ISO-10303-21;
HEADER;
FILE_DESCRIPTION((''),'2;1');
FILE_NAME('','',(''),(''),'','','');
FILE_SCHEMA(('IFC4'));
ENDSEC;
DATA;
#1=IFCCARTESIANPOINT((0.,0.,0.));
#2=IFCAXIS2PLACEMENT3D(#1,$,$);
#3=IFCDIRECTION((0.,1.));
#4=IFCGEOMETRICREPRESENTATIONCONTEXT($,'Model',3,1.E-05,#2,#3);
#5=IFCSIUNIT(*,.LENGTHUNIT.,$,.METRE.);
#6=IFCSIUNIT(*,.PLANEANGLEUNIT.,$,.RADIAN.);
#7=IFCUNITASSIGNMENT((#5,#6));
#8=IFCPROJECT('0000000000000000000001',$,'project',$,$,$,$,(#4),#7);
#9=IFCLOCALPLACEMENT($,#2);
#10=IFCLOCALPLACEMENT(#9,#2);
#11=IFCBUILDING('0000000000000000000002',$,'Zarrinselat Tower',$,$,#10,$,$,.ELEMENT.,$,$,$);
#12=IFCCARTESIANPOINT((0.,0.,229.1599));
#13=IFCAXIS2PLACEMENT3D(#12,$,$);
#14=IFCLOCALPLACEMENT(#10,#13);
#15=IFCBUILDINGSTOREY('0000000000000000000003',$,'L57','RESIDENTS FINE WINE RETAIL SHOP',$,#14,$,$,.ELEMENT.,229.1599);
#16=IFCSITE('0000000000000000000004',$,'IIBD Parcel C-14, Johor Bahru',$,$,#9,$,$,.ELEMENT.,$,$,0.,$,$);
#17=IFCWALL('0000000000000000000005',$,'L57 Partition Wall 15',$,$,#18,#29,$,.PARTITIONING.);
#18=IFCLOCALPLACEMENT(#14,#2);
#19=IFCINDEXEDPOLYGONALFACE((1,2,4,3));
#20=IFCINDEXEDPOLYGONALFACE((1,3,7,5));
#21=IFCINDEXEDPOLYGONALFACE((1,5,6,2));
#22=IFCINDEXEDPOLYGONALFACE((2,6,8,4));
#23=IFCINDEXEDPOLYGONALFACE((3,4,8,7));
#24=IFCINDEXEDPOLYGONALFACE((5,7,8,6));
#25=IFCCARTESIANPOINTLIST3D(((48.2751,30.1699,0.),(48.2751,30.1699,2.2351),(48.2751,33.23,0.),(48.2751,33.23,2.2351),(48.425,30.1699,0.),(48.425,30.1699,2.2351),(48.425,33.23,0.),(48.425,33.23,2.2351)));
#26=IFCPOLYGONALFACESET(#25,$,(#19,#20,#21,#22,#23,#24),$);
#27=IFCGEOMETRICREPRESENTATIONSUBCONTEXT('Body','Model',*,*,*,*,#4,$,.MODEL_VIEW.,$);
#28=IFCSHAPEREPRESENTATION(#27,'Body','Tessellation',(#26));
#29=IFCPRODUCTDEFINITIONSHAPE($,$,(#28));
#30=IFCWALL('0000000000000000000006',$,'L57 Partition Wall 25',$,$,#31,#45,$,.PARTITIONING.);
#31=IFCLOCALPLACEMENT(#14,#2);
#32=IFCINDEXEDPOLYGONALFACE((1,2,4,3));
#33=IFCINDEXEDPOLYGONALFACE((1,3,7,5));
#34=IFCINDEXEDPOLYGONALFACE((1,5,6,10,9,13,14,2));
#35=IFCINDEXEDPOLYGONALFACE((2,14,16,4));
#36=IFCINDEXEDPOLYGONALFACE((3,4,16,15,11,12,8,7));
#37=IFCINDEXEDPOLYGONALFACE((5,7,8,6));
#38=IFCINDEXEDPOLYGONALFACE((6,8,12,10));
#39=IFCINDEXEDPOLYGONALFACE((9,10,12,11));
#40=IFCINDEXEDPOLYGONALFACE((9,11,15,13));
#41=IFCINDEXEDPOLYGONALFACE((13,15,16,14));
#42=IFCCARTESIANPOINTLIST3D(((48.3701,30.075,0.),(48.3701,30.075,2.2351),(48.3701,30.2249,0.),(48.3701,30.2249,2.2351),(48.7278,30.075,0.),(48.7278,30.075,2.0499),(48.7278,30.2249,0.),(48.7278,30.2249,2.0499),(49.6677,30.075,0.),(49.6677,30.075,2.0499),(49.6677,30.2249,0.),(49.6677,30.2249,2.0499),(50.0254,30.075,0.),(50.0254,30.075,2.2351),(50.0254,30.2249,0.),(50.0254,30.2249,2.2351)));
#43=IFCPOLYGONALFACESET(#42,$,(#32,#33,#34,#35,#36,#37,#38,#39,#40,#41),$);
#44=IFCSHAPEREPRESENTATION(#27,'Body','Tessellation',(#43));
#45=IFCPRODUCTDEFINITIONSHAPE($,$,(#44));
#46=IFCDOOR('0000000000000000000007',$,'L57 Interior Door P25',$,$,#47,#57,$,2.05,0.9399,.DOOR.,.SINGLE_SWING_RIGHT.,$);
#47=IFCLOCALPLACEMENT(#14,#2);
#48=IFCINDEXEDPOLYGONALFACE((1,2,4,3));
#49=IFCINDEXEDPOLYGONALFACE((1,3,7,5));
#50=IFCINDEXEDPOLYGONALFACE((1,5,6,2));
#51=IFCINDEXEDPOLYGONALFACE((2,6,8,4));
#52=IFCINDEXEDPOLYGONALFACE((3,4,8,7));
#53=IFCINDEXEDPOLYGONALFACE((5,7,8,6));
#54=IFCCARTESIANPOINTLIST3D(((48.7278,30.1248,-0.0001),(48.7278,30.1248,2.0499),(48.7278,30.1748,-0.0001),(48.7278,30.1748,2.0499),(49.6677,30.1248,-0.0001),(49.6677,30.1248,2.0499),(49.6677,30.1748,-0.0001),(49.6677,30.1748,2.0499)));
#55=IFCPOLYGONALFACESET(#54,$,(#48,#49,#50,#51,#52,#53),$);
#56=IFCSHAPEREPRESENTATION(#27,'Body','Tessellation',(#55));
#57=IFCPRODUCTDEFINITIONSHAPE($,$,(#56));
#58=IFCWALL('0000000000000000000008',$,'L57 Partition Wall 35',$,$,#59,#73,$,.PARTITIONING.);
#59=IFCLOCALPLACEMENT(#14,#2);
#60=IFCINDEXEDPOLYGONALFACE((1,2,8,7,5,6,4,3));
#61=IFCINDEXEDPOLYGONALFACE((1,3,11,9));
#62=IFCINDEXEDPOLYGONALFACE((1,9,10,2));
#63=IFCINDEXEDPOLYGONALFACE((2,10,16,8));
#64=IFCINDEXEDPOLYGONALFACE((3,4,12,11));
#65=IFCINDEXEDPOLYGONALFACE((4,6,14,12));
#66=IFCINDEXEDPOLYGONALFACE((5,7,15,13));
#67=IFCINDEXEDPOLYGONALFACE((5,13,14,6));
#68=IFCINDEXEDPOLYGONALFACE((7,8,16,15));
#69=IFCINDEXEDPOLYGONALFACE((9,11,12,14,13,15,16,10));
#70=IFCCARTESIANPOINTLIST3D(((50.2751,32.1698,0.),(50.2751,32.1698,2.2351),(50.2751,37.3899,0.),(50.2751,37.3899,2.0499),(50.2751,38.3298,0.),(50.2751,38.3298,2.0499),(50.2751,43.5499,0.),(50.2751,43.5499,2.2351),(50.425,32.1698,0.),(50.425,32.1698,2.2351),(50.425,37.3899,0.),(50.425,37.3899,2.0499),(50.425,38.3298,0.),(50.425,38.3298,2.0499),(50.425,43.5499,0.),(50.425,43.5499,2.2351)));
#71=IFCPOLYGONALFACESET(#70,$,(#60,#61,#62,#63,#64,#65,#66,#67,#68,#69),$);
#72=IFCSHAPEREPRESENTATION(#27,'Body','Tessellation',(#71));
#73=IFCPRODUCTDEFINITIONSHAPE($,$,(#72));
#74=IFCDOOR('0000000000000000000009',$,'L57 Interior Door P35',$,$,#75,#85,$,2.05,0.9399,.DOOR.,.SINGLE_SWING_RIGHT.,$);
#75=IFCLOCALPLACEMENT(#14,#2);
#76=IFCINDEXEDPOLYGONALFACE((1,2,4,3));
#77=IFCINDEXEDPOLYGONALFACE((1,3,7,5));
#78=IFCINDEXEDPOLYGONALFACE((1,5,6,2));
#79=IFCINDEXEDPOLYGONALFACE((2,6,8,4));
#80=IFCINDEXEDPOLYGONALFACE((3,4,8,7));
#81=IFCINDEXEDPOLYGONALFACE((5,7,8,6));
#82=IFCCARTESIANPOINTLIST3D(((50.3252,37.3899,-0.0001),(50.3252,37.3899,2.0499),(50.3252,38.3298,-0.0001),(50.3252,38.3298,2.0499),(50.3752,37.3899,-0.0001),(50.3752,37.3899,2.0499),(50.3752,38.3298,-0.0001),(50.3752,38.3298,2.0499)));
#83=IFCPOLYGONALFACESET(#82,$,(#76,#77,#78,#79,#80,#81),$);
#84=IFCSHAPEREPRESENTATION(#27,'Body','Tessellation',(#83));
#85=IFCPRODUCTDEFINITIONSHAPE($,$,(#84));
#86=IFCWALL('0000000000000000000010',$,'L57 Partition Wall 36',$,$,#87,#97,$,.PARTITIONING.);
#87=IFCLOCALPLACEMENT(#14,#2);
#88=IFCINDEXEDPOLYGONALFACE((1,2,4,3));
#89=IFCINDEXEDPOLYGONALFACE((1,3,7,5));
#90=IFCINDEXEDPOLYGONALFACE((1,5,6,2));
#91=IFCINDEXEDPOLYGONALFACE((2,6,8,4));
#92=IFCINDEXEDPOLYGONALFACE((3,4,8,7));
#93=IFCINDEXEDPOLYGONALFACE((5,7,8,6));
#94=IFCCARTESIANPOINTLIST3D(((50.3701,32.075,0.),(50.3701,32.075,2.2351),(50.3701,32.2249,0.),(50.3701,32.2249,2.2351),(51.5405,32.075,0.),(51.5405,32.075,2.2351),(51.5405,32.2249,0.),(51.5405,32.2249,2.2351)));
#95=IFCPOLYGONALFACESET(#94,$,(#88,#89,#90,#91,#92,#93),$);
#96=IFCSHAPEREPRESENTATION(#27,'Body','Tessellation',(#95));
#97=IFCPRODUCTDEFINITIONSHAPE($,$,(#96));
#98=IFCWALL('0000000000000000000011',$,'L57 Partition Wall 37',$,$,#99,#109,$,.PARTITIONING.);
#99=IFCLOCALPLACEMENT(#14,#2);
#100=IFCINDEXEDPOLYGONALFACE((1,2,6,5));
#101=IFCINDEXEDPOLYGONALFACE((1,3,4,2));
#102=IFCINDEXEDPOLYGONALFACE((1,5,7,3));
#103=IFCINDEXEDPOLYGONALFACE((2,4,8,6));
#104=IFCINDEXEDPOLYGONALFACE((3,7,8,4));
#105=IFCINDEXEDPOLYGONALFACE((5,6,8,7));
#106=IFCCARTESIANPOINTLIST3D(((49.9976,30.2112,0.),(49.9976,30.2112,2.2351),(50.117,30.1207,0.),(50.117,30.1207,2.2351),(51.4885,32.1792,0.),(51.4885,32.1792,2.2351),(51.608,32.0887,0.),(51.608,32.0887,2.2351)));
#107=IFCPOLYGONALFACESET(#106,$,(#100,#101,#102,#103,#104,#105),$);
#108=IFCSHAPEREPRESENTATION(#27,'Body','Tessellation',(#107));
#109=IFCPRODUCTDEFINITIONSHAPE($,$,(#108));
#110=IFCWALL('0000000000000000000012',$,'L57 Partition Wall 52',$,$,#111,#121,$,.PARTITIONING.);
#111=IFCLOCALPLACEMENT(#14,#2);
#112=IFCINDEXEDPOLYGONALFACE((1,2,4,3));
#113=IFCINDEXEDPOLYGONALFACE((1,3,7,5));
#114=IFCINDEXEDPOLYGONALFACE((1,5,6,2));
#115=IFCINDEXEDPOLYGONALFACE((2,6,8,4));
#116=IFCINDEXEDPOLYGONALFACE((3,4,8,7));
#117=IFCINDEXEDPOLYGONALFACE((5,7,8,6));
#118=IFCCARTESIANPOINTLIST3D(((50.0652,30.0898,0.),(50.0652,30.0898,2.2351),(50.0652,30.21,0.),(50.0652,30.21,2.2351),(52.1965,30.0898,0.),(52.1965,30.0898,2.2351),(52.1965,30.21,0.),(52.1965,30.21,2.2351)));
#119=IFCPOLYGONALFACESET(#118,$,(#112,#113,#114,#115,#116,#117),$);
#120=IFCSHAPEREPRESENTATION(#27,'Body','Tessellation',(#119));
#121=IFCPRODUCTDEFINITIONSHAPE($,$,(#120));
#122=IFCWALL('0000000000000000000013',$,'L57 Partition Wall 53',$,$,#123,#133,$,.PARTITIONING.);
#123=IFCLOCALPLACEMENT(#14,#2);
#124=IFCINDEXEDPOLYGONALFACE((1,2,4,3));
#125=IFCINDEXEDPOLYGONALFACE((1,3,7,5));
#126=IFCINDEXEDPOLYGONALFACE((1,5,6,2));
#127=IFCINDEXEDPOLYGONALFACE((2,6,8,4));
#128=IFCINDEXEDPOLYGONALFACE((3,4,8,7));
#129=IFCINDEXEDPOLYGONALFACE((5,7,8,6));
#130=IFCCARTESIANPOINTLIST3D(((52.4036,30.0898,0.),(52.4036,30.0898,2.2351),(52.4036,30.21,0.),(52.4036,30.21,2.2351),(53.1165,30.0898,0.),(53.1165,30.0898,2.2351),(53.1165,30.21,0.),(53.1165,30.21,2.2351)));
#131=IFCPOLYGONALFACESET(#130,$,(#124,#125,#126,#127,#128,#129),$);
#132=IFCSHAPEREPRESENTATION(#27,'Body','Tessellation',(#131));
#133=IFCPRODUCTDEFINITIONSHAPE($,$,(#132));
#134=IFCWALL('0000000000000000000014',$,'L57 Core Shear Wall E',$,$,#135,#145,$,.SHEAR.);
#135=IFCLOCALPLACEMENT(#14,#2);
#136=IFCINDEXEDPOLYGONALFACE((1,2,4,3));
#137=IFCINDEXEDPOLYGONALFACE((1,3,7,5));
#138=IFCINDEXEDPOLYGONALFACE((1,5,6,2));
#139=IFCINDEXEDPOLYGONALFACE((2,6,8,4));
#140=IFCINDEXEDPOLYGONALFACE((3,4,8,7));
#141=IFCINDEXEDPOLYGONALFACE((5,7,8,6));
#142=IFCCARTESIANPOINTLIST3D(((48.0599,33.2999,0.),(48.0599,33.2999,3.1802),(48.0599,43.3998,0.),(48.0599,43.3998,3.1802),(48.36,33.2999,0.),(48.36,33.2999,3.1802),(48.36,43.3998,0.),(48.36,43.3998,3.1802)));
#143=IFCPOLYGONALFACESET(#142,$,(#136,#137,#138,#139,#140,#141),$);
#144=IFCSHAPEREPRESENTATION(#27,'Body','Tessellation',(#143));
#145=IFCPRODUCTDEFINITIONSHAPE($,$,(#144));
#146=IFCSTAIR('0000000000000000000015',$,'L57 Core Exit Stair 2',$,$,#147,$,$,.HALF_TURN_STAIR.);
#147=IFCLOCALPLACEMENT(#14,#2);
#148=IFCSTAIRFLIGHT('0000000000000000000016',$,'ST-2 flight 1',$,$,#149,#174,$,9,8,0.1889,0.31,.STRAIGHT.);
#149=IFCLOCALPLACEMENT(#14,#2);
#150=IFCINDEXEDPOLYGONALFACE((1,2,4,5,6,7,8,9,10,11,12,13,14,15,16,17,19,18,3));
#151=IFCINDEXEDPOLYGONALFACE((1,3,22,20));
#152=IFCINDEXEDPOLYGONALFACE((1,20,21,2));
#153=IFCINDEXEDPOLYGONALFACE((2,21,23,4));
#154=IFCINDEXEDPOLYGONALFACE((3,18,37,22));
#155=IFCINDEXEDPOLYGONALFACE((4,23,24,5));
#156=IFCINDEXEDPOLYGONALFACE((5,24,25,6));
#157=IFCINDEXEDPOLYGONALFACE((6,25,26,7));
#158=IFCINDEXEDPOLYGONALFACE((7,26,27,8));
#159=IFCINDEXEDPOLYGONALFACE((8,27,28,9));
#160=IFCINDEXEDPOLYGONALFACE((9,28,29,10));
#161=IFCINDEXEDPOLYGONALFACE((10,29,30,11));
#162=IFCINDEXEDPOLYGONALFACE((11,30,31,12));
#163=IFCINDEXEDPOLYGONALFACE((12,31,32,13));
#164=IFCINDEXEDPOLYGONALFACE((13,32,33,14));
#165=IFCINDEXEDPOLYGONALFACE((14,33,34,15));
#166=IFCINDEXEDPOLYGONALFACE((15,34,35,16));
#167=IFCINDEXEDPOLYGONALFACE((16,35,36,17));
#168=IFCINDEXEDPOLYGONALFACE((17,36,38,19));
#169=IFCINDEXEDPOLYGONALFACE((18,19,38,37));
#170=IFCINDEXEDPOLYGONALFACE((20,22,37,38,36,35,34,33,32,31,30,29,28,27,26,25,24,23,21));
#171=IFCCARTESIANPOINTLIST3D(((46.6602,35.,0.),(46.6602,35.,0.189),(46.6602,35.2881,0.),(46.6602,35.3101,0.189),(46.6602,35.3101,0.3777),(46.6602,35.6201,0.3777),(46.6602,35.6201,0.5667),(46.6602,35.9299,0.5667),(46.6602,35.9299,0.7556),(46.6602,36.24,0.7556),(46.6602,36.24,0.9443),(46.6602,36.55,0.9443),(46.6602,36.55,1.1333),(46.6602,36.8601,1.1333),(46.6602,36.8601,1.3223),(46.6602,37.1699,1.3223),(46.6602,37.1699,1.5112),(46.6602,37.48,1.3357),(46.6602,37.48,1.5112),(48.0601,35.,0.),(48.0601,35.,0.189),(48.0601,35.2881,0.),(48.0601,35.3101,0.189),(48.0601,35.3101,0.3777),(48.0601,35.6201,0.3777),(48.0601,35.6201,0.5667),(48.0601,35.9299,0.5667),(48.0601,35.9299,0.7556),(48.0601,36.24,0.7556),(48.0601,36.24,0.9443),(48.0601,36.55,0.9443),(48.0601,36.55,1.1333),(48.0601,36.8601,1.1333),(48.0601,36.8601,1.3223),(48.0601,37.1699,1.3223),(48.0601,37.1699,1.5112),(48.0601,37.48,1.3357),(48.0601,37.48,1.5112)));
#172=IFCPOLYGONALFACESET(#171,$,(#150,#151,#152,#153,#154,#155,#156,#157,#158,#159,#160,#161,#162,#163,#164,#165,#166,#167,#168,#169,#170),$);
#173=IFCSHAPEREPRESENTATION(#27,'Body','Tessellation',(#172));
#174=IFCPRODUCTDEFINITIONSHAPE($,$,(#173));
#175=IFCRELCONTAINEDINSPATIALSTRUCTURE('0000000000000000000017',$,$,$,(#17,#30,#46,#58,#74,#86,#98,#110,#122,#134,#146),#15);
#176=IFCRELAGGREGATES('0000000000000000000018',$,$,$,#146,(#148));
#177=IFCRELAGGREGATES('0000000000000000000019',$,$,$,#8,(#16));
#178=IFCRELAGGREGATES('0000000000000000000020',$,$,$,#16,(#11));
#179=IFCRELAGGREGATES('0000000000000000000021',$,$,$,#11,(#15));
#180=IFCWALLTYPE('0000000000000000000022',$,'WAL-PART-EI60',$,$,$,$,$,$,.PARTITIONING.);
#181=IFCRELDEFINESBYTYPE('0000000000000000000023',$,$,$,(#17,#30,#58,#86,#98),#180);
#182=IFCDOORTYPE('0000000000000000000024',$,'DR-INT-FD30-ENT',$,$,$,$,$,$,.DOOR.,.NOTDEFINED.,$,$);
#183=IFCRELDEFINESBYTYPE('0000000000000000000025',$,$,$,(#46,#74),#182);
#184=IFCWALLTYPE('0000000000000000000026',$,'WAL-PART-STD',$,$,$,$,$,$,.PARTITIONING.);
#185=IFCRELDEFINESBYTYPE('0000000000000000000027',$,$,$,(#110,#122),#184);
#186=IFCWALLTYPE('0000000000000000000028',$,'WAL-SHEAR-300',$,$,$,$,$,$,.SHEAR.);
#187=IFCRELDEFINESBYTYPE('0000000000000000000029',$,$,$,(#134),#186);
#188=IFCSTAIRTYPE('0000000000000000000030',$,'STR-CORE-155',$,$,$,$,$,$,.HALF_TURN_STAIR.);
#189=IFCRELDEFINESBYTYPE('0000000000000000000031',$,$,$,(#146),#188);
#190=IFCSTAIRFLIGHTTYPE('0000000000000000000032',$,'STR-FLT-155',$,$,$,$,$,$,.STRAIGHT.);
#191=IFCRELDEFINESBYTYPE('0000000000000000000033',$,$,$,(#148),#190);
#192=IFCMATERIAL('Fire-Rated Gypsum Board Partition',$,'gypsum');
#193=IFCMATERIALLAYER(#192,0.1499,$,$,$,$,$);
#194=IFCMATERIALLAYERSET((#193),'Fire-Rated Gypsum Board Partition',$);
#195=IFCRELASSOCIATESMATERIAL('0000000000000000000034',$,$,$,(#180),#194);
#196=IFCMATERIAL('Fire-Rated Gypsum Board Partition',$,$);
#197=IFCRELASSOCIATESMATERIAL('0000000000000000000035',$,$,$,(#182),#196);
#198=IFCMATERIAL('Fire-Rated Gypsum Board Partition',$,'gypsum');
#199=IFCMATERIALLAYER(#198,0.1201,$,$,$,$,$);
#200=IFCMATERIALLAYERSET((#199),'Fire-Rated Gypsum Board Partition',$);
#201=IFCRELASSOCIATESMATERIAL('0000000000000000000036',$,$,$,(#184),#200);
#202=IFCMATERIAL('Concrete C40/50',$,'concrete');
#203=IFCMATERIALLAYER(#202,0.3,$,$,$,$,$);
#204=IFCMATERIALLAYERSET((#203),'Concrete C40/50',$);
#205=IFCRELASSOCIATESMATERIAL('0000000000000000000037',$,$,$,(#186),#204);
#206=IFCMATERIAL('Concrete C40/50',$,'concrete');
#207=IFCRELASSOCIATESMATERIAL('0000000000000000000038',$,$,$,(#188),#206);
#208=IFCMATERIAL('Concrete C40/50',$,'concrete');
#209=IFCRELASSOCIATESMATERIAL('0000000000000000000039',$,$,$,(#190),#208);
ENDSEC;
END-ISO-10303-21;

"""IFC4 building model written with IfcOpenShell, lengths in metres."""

from ifc_helpers import new_model, si_unit, direction, frame, frame_2d, origin, place, context, subcontext, project, spatial, polyline, rectangle, outline, extrude, material, layer, layer_set, type_object, element, fill, aggregate, save


model = new_model("IFC4")

# Units and contexts
model_context = context("Model", 3, precision=1e-05, world=origin(), true_north=direction((0.0, 1.0)))
body_context = subcontext(model_context, "Body", "Model", "MODEL_VIEW")
ifc_project = project(units=[si_unit("LENGTHUNIT", "METRE"), si_unit("PLANEANGLEUNIT", "RADIAN")], contexts=[model_context])

# Site, building, storey
site_placement = place(None, origin())
site = spatial("IfcSite", under=ifc_project, at=site_placement, Name="IIBD Parcel C-14, Johor Bahru", CompositionType="ELEMENT", RefElevation=0.0)
building_placement = place(site_placement, origin())
building = spatial("IfcBuilding", under=site, at=building_placement, Name="Zarrinselat Tower", CompositionType="ELEMENT")
storey_placement = place(building_placement, frame((0.0, 0.0, 229.1599)))
storey = spatial("IfcBuildingStorey", under=building, at=storey_placement, Name="L57", Description="RESIDENTS FINE WINE RETAIL SHOP", CompositionType="ELEMENT", Elevation=229.1599)

# Wall
ifc_material_1 = material(Name="Fire-Rated Gypsum Board Partition", Category="gypsum")
ifc_layer_1 = layer(ifc_material_1, 0.1499)
ifc_layer_set_1 = layer_set([ifc_layer_1], Name="Fire-Rated Gypsum Board Partition")
wall_type_1 = type_object("IfcWallType", Name="WAL-PART-EI60", PredefinedType="PARTITIONING", material=ifc_layer_set_1)
wall_1_placement = place(storey_placement, frame((48.3501, 30.1699, 0.0), z_axis=(0.0, 0.0, 1.0), x_axis=(0.0, 1.0, 0.0)))
element("IfcWall", 1, at=wall_1_placement, inside=storey, type_object=wall_type_1, Name="L57 Partition Wall 15", PredefinedType="PARTITIONING", context=body_context, shape_type="SweptSolid", body=[
    extrude(rectangle(XDim=3.0601, YDim=0.1499, at=frame_2d((1.53, 0.0))), origin(), (0.0, 0.0, 1.0), 2.2351),
])

# Walls, openings, doors
wall_2_placement = place(storey_placement, frame((48.3701, 30.1499, 0.0), z_axis=(0.0, 0.0, 1.0), x_axis=(1.0, 0.0, 0.0)))
wall_2 = element("IfcWall", 2, at=wall_2_placement, inside=storey, type_object=wall_type_1, Name="L57 Partition Wall 25", PredefinedType="PARTITIONING", context=body_context, shape_type="SweptSolid", body=[
    extrude(rectangle(XDim=1.6553, YDim=0.1499, at=frame_2d((0.8276, 0.0))), origin(), (0.0, 0.0, 1.0), 2.2351),
])
opening_1_placement = place(wall_2_placement, frame((0.3577, 0.0, 0.0)))
opening_1 = element("IfcOpeningElement", 3, at=opening_1_placement, cuts=wall_2, PredefinedType="OPENING", context=body_context, shape_type="SweptSolid", body=[
    extrude(rectangle(XDim=0.9399, YDim=2.05, at=frame_2d((0.47, 1.0249))), frame((0.0, 0.085, 0.0), z_axis=(0.0, -1.0, 0.0), x_axis=(1.0, 0.0, 0.0)), (0.0, 0.0, 1.0), 0.1699),
])
ifc_material_2 = material(Name="Fire-Rated Gypsum Board Partition")
door_type = type_object("IfcDoorType", Name="DR-INT-FD30-ENT", OperationType="NOTDEFINED", PredefinedType="DOOR", material=ifc_material_2)
door_1_placement = place(opening_1_placement, origin())
door_1 = element("IfcDoor", 4, at=door_1_placement, inside=storey, type_object=door_type, Name="L57 Interior Door P25", OperationType="SINGLE_SWING_RIGHT", OverallHeight=2.05, OverallWidth=0.9399, PredefinedType="DOOR", context=body_context, shape_type="SweptSolid", body=[
    extrude(rectangle(XDim=0.9399, YDim=2.05, at=frame_2d((0.47, 1.0249))), frame((0.0, 0.0249, 0.0), z_axis=(0.0, -1.0, 0.0), x_axis=(1.0, 0.0, 0.0)), (0.0, 0.0, 1.0), 0.05),
])
fill(opening_1, door_1)
wall_3_placement = place(storey_placement, frame((50.3501, 32.1699, 0.0), z_axis=(0.0, 0.0, 1.0), x_axis=(0.0, 1.0, 0.0)))
wall_3 = element("IfcWall", 5, at=wall_3_placement, inside=storey, type_object=wall_type_1, Name="L57 Partition Wall 35", PredefinedType="PARTITIONING", context=body_context, shape_type="SweptSolid", body=[
    extrude(rectangle(XDim=11.3801, YDim=0.1499, at=frame_2d((5.6899, 0.0))), origin(), (0.0, 0.0, 1.0), 2.2351),
])
opening_2_placement = place(wall_3_placement, frame((5.22, 0.0, 0.0)))
opening_2 = element("IfcOpeningElement", 6, at=opening_2_placement, cuts=wall_3, PredefinedType="OPENING", context=body_context, shape_type="SweptSolid", body=[
    extrude(rectangle(XDim=0.9399, YDim=2.05, at=frame_2d((0.47, 1.0249))), frame((0.0, 0.085, 0.0), z_axis=(0.0, -1.0, 0.0), x_axis=(1.0, 0.0, 0.0)), (0.0, 0.0, 1.0), 0.1699),
])
door_2_placement = place(opening_2_placement, origin())
door_2 = element("IfcDoor", 7, at=door_2_placement, inside=storey, type_object=door_type, Name="L57 Interior Door P35", OperationType="SINGLE_SWING_RIGHT", OverallHeight=2.05, OverallWidth=0.9399, PredefinedType="DOOR", context=body_context, shape_type="SweptSolid", body=[
    extrude(rectangle(XDim=0.9399, YDim=2.05, at=frame_2d((0.47, 1.0249))), frame((0.0, 0.0249, 0.0), z_axis=(0.0, -1.0, 0.0), x_axis=(1.0, 0.0, 0.0)), (0.0, 0.0, 1.0), 0.05),
])
fill(opening_2, door_2)

# Walls
wall_4_placement = place(storey_placement, frame((50.3701, 32.1499, 0.0), z_axis=(0.0, 0.0, 1.0), x_axis=(1.0, 0.0, 0.0)))
element("IfcWall", 8, at=wall_4_placement, inside=storey, type_object=wall_type_1, Name="L57 Partition Wall 36", PredefinedType="PARTITIONING", context=body_context, shape_type="SweptSolid", body=[
    extrude(rectangle(XDim=1.1704, YDim=0.1499, at=frame_2d((0.5852, 0.0))), origin(), (0.0, 0.0, 1.0), 2.2351),
])
wall_5_placement = place(storey_placement, frame((50.0574, 30.166, 0.0), z_axis=(0.0, 0.0, 1.0), x_axis=(0.603869, 0.797083, 0.0)))
element("IfcWall", 9, at=wall_5_placement, inside=storey, type_object=wall_type_1, Name="L57 Partition Wall 37", PredefinedType="PARTITIONING", context=body_context, shape_type="SweptSolid", body=[
    extrude(rectangle(XDim=2.469, YDim=0.1499, at=frame_2d((1.2344, 0.0))), origin(), (0.0, 0.0, 1.0), 2.2351),
])
ifc_material_3 = material(Name="Fire-Rated Gypsum Board Partition", Category="gypsum")
ifc_layer_2 = layer(ifc_material_3, 0.1201)
ifc_layer_set_2 = layer_set([ifc_layer_2], Name="Fire-Rated Gypsum Board Partition")
wall_type_2 = type_object("IfcWallType", Name="WAL-PART-STD", PredefinedType="PARTITIONING", material=ifc_layer_set_2)
wall_6_placement = place(storey_placement, frame((50.0652, 30.1499, 0.0), z_axis=(0.0, 0.0, 1.0), x_axis=(1.0, 0.0, 0.0)))
element("IfcWall", 10, at=wall_6_placement, inside=storey, type_object=wall_type_2, Name="L57 Partition Wall 52", PredefinedType="PARTITIONING", context=body_context, shape_type="SweptSolid", body=[
    extrude(rectangle(XDim=2.1313, YDim=0.1201, at=frame_2d((1.0657, 0.0))), origin(), (0.0, 0.0, 1.0), 2.2351),
])
wall_7_placement = place(storey_placement, frame((52.4036, 30.1499, 0.0), z_axis=(0.0, 0.0, 1.0), x_axis=(1.0, 0.0, 0.0)))
element("IfcWall", 11, at=wall_7_placement, inside=storey, type_object=wall_type_2, Name="L57 Partition Wall 53", PredefinedType="PARTITIONING", context=body_context, shape_type="SweptSolid", body=[
    extrude(rectangle(XDim=0.7129, YDim=0.1201, at=frame_2d((0.3564, 0.0))), origin(), (0.0, 0.0, 1.0), 2.2351),
])
ifc_material_4 = material(Name="Concrete C40/50", Category="concrete")
ifc_layer_3 = layer(ifc_material_4, 0.3)
ifc_layer_set_3 = layer_set([ifc_layer_3], Name="Concrete C40/50")
wall_type_3 = type_object("IfcWallType", Name="WAL-SHEAR-300", PredefinedType="SHEAR", material=ifc_layer_set_3)
wall_8_placement = place(storey_placement, frame((48.21, 33.3, 0.0), z_axis=(0.0, 0.0, 1.0), x_axis=(0.0, 1.0, 0.0)))
element("IfcWall", 12, at=wall_8_placement, inside=storey, type_object=wall_type_3, Name="L57 Core Shear Wall E", PredefinedType="SHEAR", context=body_context, shape_type="SweptSolid", body=[
    extrude(rectangle(XDim=10.0999, YDim=0.3, at=frame_2d((5.0498, 0.0))), origin(), (0.0, 0.0, 1.0), 3.1802),
])

# Stair, stair flight
ifc_material_5 = material(Name="Concrete C40/50", Category="concrete")
stair_type = type_object("IfcStairType", Name="STR-CORE-155", PredefinedType="HALF_TURN_STAIR", material=ifc_material_5)
stair_placement = place(storey_placement, origin())
stair = element("IfcStair", 13, at=stair_placement, inside=storey, type_object=stair_type, Name="L57 Core Exit Stair 2", PredefinedType="HALF_TURN_STAIR")
ifc_material_6 = material(Name="Concrete C40/50", Category="concrete")
stair_flight_type = type_object("IfcStairFlightType", Name="STR-FLT-155", PredefinedType="STRAIGHT", material=ifc_material_6)
stair_flight_placement = place(storey_placement, frame((47.3601, 35.0, 0.0), z_axis=(0.0, 0.0, 1.0), x_axis=(0.0, 1.0, 0.0)))
stair_flight = element("IfcStairFlight", 14, at=stair_flight_placement, type_object=stair_flight_type, Name="ST-2 flight 1", NumberOfRisers=9, NumberOfTreads=8, PredefinedType="STRAIGHT", RiserHeight=0.1889, TreadLength=0.31, context=body_context, shape_type="SweptSolid", body=[
    extrude(outline(polyline([(0.0, 0.0), (0.0, 0.189), (0.3101, 0.189), (0.3101, 0.3777), (0.6201, 0.3777), (0.6201, 0.5667), (0.9299, 0.5667), (0.9299, 0.7556), (1.24, 0.7556), (1.24, 0.9443), (1.55, 0.9443), (1.55, 1.1333), (1.8601, 1.1333), (1.8601, 1.3223), (2.1699, 1.3223), (2.1699, 1.5112), (2.48, 1.5112), (2.48, 1.7), (2.48, 1.3357), (0.2881, 0.0), (0.0, 0.0)])), frame((0.0, 0.7, 0.0), z_axis=(0.0, -1.0, 0.0), x_axis=(1.0, 0.0, 0.0)), (0.0, 0.0, 1.0), 1.3999),
])
aggregate(stair, [stair_flight])

save(model, "model.ifc")
